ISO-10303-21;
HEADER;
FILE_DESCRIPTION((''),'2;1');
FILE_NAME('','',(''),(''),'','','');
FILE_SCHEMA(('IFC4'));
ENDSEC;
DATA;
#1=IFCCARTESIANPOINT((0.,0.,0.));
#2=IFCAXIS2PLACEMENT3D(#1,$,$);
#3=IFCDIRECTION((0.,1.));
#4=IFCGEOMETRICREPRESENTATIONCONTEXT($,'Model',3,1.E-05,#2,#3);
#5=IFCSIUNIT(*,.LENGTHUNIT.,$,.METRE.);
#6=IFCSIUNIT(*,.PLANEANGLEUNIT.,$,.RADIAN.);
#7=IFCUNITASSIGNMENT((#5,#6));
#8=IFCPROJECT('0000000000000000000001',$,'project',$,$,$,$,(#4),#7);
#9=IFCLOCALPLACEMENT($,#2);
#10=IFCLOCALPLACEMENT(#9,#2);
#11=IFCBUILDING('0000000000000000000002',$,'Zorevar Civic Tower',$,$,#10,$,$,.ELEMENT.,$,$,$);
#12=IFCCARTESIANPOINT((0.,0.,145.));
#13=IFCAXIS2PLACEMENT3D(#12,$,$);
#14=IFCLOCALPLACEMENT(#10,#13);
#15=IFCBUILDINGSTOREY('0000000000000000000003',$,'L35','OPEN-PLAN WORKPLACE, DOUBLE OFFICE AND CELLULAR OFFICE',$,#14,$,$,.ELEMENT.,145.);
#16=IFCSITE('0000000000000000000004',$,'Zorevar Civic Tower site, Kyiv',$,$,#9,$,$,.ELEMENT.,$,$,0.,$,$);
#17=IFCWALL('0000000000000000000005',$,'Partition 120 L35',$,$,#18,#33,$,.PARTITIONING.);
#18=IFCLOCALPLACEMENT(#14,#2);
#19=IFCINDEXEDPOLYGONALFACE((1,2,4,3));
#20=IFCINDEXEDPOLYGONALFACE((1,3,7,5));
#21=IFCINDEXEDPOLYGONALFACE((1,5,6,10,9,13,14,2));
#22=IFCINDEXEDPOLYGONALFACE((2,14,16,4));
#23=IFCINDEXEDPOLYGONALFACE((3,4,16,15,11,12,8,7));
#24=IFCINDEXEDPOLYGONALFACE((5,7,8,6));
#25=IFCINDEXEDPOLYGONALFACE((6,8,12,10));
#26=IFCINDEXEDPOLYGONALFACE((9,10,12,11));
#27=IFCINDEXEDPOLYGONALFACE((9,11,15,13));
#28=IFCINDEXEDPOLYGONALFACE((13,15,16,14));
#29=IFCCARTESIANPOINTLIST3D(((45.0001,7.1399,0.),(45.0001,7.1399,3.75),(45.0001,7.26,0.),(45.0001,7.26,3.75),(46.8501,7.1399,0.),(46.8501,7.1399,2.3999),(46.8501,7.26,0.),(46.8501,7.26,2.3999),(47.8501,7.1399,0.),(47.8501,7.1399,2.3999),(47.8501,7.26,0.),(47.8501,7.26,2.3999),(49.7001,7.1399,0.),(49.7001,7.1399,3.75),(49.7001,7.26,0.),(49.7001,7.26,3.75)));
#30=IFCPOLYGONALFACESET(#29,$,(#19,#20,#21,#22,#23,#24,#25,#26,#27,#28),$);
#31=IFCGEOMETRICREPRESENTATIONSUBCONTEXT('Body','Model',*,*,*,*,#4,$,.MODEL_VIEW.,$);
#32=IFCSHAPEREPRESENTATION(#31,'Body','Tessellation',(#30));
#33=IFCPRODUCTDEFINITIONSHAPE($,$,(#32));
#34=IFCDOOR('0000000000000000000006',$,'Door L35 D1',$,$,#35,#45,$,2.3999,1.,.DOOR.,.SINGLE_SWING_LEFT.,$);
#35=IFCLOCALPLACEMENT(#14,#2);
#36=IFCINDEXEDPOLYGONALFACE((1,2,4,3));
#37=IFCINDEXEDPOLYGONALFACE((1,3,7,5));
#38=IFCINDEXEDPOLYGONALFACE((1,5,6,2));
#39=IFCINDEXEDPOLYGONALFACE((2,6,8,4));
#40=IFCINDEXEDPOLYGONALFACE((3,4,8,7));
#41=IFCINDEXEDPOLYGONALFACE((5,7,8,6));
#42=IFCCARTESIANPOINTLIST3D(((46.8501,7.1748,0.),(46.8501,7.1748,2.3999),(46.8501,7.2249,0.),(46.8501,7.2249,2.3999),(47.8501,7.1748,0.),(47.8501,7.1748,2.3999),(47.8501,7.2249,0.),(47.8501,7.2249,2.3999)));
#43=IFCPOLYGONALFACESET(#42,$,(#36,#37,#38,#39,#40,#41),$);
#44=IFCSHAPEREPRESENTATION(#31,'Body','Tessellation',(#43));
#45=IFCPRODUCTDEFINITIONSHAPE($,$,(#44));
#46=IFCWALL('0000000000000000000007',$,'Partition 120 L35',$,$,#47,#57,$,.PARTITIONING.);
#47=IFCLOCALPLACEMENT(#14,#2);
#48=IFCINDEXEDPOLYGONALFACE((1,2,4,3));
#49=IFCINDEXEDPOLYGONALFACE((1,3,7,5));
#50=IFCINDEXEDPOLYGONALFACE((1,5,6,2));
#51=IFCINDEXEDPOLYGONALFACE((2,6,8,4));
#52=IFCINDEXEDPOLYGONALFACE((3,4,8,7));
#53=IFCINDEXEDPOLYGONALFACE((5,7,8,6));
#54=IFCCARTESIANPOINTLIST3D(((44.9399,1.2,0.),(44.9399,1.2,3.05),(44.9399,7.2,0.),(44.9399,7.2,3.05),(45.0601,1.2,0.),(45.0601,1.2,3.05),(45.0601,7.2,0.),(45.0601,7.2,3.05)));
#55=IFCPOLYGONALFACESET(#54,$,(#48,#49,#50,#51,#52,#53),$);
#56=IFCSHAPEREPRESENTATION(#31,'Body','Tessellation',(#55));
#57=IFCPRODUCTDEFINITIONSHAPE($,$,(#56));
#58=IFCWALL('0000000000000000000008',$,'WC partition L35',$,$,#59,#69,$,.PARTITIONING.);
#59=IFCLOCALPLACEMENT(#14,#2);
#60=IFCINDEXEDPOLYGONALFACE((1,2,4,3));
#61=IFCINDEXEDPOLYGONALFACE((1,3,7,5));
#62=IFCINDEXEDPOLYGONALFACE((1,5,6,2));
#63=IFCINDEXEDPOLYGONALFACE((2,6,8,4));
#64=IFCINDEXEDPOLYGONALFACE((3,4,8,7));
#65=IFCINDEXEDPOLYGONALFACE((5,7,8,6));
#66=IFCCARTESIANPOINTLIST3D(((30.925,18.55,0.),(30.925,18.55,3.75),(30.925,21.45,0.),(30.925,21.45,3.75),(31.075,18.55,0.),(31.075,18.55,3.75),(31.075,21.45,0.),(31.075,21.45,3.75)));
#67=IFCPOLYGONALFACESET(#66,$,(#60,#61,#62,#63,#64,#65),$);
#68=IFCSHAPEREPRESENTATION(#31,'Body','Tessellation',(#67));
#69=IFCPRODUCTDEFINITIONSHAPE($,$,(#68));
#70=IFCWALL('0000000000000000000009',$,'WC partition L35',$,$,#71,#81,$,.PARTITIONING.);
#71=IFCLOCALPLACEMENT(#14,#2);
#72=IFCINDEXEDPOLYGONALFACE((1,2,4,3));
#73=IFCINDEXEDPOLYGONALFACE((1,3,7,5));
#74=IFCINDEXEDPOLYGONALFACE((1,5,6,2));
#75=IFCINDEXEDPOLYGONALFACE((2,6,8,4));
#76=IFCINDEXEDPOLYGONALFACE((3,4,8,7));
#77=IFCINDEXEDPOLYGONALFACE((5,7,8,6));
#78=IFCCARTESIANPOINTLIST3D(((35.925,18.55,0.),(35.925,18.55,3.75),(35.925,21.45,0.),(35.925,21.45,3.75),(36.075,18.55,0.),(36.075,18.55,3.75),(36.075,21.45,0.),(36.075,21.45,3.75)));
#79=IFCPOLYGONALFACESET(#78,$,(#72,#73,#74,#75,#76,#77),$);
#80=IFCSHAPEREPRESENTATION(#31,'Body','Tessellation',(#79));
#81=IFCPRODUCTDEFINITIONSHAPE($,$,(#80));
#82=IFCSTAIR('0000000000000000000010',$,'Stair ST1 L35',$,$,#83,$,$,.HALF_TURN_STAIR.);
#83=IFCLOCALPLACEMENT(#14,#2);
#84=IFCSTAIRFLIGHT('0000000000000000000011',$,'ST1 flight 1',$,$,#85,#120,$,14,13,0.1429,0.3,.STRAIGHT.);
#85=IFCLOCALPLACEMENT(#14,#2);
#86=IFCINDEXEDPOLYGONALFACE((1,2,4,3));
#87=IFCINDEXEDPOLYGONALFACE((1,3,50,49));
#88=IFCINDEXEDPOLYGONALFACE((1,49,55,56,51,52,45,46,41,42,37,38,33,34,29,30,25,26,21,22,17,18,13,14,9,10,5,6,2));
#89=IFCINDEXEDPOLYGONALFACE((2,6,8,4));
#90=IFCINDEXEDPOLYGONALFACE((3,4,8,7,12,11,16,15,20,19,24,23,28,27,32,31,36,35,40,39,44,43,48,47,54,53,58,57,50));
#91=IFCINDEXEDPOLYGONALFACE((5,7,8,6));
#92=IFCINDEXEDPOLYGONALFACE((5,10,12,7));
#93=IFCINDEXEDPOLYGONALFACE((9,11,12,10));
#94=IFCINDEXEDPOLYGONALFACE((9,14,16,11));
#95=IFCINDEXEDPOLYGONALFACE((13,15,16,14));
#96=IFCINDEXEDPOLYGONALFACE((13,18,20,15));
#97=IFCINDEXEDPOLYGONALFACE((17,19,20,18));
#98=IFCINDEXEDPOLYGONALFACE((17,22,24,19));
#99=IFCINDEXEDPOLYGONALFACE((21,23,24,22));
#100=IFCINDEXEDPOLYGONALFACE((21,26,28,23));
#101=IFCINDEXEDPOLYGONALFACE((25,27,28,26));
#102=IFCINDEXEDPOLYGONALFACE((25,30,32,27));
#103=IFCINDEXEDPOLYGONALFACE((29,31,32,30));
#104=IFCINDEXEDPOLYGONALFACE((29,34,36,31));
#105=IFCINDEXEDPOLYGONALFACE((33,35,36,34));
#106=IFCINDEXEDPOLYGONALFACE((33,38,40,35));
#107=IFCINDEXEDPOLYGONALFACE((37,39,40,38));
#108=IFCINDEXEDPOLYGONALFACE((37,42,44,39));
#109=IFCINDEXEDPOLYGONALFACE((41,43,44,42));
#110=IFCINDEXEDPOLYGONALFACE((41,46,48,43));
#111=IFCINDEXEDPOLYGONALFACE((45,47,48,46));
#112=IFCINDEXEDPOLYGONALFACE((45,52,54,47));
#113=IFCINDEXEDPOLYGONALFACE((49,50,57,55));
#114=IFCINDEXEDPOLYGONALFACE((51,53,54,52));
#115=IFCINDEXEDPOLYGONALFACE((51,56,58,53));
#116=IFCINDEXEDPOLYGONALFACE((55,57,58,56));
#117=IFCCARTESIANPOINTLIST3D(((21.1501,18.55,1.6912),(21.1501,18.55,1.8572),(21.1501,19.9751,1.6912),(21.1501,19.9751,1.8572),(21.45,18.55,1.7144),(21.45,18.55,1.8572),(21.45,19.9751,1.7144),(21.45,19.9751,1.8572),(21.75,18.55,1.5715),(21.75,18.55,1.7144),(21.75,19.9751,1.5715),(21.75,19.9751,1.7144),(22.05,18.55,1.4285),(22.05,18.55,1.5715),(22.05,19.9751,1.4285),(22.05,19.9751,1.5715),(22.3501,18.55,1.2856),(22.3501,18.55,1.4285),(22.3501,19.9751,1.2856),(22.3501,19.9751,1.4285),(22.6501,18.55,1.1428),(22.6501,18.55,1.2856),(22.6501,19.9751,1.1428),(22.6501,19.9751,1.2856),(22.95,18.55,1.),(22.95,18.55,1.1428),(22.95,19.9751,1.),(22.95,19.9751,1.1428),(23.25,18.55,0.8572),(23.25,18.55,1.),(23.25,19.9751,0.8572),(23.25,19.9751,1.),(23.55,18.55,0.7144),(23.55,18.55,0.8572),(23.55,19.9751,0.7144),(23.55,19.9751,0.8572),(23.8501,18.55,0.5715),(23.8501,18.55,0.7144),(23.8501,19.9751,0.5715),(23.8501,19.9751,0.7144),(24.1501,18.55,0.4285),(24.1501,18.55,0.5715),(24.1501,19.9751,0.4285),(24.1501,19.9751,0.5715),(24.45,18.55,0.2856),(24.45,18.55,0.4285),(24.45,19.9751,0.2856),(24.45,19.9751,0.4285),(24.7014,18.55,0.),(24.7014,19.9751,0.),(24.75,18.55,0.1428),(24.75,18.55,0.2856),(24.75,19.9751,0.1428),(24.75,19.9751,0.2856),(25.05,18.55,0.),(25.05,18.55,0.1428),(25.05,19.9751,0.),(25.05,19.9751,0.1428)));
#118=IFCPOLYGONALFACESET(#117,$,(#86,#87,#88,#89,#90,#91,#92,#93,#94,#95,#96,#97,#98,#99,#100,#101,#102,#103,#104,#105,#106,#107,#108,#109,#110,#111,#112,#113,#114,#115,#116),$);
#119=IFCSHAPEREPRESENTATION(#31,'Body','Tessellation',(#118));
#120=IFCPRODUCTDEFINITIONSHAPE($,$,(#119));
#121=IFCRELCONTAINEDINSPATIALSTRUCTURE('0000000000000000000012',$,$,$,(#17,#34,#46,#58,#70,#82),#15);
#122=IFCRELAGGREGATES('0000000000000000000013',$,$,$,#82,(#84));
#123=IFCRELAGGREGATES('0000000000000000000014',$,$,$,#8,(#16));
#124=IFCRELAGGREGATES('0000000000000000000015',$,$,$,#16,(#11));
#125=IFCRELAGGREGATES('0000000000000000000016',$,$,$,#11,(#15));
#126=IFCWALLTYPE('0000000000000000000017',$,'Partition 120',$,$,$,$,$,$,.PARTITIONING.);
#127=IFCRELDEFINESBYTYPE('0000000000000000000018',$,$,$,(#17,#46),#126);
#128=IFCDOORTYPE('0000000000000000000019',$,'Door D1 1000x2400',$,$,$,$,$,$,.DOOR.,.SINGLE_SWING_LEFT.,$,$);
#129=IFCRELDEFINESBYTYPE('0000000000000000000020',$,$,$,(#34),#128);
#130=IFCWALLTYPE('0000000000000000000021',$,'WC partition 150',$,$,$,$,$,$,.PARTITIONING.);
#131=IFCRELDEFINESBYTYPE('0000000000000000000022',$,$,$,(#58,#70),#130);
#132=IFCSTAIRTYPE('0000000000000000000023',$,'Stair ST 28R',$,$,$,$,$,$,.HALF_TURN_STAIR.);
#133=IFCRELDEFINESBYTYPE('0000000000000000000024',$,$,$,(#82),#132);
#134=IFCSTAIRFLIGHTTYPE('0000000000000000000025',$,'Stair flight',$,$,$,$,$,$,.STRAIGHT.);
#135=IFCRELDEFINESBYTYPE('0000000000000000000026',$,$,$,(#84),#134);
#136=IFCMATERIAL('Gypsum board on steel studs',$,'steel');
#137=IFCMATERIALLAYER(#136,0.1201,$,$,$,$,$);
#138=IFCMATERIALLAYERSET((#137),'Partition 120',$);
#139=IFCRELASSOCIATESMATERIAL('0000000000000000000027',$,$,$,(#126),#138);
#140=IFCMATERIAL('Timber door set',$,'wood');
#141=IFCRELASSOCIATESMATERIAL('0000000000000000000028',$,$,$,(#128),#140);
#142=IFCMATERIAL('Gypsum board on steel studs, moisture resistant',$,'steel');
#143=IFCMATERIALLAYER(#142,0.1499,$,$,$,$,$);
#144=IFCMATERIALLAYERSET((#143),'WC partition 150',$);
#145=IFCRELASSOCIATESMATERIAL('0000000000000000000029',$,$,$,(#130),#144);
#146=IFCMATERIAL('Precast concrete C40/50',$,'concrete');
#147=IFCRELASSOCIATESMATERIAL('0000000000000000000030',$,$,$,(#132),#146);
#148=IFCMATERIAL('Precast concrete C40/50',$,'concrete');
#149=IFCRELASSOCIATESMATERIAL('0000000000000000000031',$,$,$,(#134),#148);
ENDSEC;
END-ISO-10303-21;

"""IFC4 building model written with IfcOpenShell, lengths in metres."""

from ifc_helpers import new_model, si_unit, direction, frame, frame_2d, origin, place, context, subcontext, project, spatial, polyline, rectangle, outline, extrude, material, layer, layer_set, type_object, element, fill, aggregate, save


model = new_model("IFC4")

# Units and contexts
model_context = context("Model", 3, precision=1e-05, world=origin(), true_north=direction((0.0, 1.0)))
body_context = subcontext(model_context, "Body", "Model", "MODEL_VIEW")
ifc_project = project(units=[si_unit("LENGTHUNIT", "METRE"), si_unit("PLANEANGLEUNIT", "RADIAN")], contexts=[model_context])

# Site, building, storey
site_placement = place(None, origin())
site = spatial("IfcSite", under=ifc_project, at=site_placement, Name="Zorevar Civic Tower site, Kyiv", CompositionType="ELEMENT", RefElevation=0.0)
building_placement = place(site_placement, origin())
building = spatial("IfcBuilding", under=site, at=building_placement, Name="Zorevar Civic Tower", CompositionType="ELEMENT")
storey_placement = place(building_placement, frame((0.0, 0.0, 145.0)))
storey = spatial("IfcBuildingStorey", under=building, at=storey_placement, Name="L35", Description="OPEN-PLAN WORKPLACE, DOUBLE OFFICE AND CELLULAR OFFICE", CompositionType="ELEMENT", Elevation=145.0)

# Wall, opening, door
ifc_material_1 = material(Name="Gypsum board on steel studs", Category="steel")
ifc_layer_1 = layer(ifc_material_1, 0.1201)
ifc_layer_set_1 = layer_set([ifc_layer_1], Name="Partition 120")
wall_type_1 = type_object("IfcWallType", Name="Partition 120", PredefinedType="PARTITIONING", material=ifc_layer_set_1)
ifc_material_2 = material(Name="Timber door set", Category="wood")
door_type_1 = type_object("IfcDoorType", Name="Door D1 1000x2400", OperationType="SINGLE_SWING_LEFT", PredefinedType="DOOR", material=ifc_material_2)
wall_1_placement = place(storey_placement, frame((45.0, 7.2, 0.0), z_axis=(0.0, 0.0, 1.0), x_axis=(1.0, 0.0, 0.0)))
wall_1 = element("IfcWall", 1, at=wall_1_placement, inside=storey, type_object=wall_type_1, Name="Partition 120 L35", PredefinedType="PARTITIONING", context=body_context, shape_type="SweptSolid", body=[
    extrude(rectangle(XDim=4.7, YDim=0.1201, at=frame_2d((2.3501, 0.0))), origin(), (0.0, 0.0, 1.0), 3.75),
])
opening_1_placement = place(wall_1_placement, frame((1.8501, 0.0, 0.0)))
opening_1 = element("IfcOpeningElement", 2, at=opening_1_placement, cuts=wall_1, PredefinedType="OPENING", context=body_context, shape_type="SweptSolid", body=[
    extrude(rectangle(XDim=1.0, YDim=2.3999, at=frame_2d((0.5, 1.2))), frame((0.0, 0.0701, 0.0), z_axis=(0.0, -1.0, 0.0), x_axis=(1.0, 0.0, 0.0)), (0.0, 0.0, 1.0), 0.1401),
])
door_1_placement = place(opening_1_placement, origin())
door_1 = element("IfcDoor", 3, at=door_1_placement, inside=storey, type_object=door_type_1, Name="Door L35 D1", OperationType="SINGLE_SWING_LEFT", OverallHeight=2.3999, OverallWidth=1.0, PredefinedType="DOOR", context=body_context, shape_type="SweptSolid", body=[
    extrude(rectangle(XDim=1.0, YDim=2.3999, at=frame_2d((0.5, 1.2))), frame((0.0, 0.0249, 0.0), z_axis=(0.0, -1.0, 0.0), x_axis=(1.0, 0.0, 0.0)), (0.0, 0.0, 1.0), 0.05),
])
fill(opening_1, door_1)

# Wall
wall_2_placement = place(storey_placement, frame((45.0, 1.2, 0.0), z_axis=(0.0, 0.0, 1.0), x_axis=(0.0, 1.0, 0.0)))
element("IfcWall", 4, at=wall_2_placement, inside=storey, type_object=wall_type_1, Name="Partition 120 L35", PredefinedType="PARTITIONING", context=body_context, shape_type="SweptSolid", body=[
    extrude(rectangle(XDim=6.0, YDim=0.1201, at=frame_2d((3.0, 0.0))), origin(), (0.0, 0.0, 1.0), 3.05),
])

# Walls
ifc_material_3 = material(Name="Gypsum board on steel studs, moisture resistant", Category="steel")
ifc_layer_2 = layer(ifc_material_3, 0.1499)
ifc_layer_set_2 = layer_set([ifc_layer_2], Name="WC partition 150")
wall_type_2 = type_object("IfcWallType", Name="WC partition 150", PredefinedType="PARTITIONING", material=ifc_layer_set_2)
for number, where, z_axis, x_axis, name in (
    (5, (31.0, 18.55, 0.0), (0.0, 0.0, 1.0), (0.0, 1.0, 0.0), "WC partition L35"),
    (6, (36.0, 18.55, 0.0), (0.0, 0.0, 1.0), (0.0, 1.0, 0.0), "WC partition L35"),
):
    element("IfcWall", number, at=place(storey_placement, frame(where, z_axis=z_axis, x_axis=x_axis)), inside=storey, type_object=wall_type_2, Name=name, PredefinedType="PARTITIONING", context=body_context, shape_type="SweptSolid", body=[
        extrude(rectangle(XDim=2.8999, YDim=0.1499, at=frame_2d((1.45, 0.0))), origin(), (0.0, 0.0, 1.0), 3.75),
    ])

# Stair, stair flight
ifc_material_4 = material(Name="Precast concrete C40/50", Category="concrete")
stair_type = type_object("IfcStairType", Name="Stair ST 28R", PredefinedType="HALF_TURN_STAIR", material=ifc_material_4)
stair_placement = place(storey_placement, origin())
stair = element("IfcStair", 7, at=stair_placement, inside=storey, type_object=stair_type, Name="Stair ST1 L35", PredefinedType="HALF_TURN_STAIR")
ifc_material_5 = material(Name="Precast concrete C40/50", Category="concrete")
stair_flight_type = type_object("IfcStairFlightType", Name="Stair flight", PredefinedType="STRAIGHT", material=ifc_material_5)
stair_flight_placement = place(storey_placement, frame((25.05, 19.2625, 0.0), z_axis=(0.0, 0.0, 1.0), x_axis=(-1.0, 0.0, 0.0)))
stair_flight = element("IfcStairFlight", 8, at=stair_flight_placement, type_object=stair_flight_type, Name="ST1 flight 1", NumberOfRisers=14, NumberOfTreads=13, PredefinedType="STRAIGHT", RiserHeight=0.1429, TreadLength=0.3, context=body_context, shape_type="SweptSolid", body=[
    extrude(outline(polyline([(0.0, 0.0), (0.0, 0.1428), (0.3, 0.1428), (0.3, 0.2856), (0.6001, 0.2856), (0.6001, 0.4285), (0.8999, 0.4285), (0.8999, 0.5715), (1.2, 0.5715), (1.2, 0.7144), (1.5, 0.7144), (1.5, 0.8572), (1.8, 0.8572), (1.8, 1.0), (2.1001, 1.0), (2.1001, 1.1428), (2.3999, 1.1428), (2.3999, 1.2856), (2.7, 1.2856), (2.7, 1.4285), (3.0, 1.4285), (3.0, 1.5715), (3.3, 1.5715), (3.3, 1.7144), (3.6001, 1.7144), (3.6001, 1.8572), (3.8999, 1.8572), (3.8999, 2.0), (3.8999, 1.6912), (0.3486, 0.0), (0.0, 0.0)])), frame((0.0, 0.7124, 0.0), z_axis=(0.0, -1.0, 0.0), x_axis=(1.0, 0.0, 0.0)), (0.0, 0.0, 1.0), 1.425),
])
aggregate(stair, [stair_flight])

save(model, "model.ifc")
